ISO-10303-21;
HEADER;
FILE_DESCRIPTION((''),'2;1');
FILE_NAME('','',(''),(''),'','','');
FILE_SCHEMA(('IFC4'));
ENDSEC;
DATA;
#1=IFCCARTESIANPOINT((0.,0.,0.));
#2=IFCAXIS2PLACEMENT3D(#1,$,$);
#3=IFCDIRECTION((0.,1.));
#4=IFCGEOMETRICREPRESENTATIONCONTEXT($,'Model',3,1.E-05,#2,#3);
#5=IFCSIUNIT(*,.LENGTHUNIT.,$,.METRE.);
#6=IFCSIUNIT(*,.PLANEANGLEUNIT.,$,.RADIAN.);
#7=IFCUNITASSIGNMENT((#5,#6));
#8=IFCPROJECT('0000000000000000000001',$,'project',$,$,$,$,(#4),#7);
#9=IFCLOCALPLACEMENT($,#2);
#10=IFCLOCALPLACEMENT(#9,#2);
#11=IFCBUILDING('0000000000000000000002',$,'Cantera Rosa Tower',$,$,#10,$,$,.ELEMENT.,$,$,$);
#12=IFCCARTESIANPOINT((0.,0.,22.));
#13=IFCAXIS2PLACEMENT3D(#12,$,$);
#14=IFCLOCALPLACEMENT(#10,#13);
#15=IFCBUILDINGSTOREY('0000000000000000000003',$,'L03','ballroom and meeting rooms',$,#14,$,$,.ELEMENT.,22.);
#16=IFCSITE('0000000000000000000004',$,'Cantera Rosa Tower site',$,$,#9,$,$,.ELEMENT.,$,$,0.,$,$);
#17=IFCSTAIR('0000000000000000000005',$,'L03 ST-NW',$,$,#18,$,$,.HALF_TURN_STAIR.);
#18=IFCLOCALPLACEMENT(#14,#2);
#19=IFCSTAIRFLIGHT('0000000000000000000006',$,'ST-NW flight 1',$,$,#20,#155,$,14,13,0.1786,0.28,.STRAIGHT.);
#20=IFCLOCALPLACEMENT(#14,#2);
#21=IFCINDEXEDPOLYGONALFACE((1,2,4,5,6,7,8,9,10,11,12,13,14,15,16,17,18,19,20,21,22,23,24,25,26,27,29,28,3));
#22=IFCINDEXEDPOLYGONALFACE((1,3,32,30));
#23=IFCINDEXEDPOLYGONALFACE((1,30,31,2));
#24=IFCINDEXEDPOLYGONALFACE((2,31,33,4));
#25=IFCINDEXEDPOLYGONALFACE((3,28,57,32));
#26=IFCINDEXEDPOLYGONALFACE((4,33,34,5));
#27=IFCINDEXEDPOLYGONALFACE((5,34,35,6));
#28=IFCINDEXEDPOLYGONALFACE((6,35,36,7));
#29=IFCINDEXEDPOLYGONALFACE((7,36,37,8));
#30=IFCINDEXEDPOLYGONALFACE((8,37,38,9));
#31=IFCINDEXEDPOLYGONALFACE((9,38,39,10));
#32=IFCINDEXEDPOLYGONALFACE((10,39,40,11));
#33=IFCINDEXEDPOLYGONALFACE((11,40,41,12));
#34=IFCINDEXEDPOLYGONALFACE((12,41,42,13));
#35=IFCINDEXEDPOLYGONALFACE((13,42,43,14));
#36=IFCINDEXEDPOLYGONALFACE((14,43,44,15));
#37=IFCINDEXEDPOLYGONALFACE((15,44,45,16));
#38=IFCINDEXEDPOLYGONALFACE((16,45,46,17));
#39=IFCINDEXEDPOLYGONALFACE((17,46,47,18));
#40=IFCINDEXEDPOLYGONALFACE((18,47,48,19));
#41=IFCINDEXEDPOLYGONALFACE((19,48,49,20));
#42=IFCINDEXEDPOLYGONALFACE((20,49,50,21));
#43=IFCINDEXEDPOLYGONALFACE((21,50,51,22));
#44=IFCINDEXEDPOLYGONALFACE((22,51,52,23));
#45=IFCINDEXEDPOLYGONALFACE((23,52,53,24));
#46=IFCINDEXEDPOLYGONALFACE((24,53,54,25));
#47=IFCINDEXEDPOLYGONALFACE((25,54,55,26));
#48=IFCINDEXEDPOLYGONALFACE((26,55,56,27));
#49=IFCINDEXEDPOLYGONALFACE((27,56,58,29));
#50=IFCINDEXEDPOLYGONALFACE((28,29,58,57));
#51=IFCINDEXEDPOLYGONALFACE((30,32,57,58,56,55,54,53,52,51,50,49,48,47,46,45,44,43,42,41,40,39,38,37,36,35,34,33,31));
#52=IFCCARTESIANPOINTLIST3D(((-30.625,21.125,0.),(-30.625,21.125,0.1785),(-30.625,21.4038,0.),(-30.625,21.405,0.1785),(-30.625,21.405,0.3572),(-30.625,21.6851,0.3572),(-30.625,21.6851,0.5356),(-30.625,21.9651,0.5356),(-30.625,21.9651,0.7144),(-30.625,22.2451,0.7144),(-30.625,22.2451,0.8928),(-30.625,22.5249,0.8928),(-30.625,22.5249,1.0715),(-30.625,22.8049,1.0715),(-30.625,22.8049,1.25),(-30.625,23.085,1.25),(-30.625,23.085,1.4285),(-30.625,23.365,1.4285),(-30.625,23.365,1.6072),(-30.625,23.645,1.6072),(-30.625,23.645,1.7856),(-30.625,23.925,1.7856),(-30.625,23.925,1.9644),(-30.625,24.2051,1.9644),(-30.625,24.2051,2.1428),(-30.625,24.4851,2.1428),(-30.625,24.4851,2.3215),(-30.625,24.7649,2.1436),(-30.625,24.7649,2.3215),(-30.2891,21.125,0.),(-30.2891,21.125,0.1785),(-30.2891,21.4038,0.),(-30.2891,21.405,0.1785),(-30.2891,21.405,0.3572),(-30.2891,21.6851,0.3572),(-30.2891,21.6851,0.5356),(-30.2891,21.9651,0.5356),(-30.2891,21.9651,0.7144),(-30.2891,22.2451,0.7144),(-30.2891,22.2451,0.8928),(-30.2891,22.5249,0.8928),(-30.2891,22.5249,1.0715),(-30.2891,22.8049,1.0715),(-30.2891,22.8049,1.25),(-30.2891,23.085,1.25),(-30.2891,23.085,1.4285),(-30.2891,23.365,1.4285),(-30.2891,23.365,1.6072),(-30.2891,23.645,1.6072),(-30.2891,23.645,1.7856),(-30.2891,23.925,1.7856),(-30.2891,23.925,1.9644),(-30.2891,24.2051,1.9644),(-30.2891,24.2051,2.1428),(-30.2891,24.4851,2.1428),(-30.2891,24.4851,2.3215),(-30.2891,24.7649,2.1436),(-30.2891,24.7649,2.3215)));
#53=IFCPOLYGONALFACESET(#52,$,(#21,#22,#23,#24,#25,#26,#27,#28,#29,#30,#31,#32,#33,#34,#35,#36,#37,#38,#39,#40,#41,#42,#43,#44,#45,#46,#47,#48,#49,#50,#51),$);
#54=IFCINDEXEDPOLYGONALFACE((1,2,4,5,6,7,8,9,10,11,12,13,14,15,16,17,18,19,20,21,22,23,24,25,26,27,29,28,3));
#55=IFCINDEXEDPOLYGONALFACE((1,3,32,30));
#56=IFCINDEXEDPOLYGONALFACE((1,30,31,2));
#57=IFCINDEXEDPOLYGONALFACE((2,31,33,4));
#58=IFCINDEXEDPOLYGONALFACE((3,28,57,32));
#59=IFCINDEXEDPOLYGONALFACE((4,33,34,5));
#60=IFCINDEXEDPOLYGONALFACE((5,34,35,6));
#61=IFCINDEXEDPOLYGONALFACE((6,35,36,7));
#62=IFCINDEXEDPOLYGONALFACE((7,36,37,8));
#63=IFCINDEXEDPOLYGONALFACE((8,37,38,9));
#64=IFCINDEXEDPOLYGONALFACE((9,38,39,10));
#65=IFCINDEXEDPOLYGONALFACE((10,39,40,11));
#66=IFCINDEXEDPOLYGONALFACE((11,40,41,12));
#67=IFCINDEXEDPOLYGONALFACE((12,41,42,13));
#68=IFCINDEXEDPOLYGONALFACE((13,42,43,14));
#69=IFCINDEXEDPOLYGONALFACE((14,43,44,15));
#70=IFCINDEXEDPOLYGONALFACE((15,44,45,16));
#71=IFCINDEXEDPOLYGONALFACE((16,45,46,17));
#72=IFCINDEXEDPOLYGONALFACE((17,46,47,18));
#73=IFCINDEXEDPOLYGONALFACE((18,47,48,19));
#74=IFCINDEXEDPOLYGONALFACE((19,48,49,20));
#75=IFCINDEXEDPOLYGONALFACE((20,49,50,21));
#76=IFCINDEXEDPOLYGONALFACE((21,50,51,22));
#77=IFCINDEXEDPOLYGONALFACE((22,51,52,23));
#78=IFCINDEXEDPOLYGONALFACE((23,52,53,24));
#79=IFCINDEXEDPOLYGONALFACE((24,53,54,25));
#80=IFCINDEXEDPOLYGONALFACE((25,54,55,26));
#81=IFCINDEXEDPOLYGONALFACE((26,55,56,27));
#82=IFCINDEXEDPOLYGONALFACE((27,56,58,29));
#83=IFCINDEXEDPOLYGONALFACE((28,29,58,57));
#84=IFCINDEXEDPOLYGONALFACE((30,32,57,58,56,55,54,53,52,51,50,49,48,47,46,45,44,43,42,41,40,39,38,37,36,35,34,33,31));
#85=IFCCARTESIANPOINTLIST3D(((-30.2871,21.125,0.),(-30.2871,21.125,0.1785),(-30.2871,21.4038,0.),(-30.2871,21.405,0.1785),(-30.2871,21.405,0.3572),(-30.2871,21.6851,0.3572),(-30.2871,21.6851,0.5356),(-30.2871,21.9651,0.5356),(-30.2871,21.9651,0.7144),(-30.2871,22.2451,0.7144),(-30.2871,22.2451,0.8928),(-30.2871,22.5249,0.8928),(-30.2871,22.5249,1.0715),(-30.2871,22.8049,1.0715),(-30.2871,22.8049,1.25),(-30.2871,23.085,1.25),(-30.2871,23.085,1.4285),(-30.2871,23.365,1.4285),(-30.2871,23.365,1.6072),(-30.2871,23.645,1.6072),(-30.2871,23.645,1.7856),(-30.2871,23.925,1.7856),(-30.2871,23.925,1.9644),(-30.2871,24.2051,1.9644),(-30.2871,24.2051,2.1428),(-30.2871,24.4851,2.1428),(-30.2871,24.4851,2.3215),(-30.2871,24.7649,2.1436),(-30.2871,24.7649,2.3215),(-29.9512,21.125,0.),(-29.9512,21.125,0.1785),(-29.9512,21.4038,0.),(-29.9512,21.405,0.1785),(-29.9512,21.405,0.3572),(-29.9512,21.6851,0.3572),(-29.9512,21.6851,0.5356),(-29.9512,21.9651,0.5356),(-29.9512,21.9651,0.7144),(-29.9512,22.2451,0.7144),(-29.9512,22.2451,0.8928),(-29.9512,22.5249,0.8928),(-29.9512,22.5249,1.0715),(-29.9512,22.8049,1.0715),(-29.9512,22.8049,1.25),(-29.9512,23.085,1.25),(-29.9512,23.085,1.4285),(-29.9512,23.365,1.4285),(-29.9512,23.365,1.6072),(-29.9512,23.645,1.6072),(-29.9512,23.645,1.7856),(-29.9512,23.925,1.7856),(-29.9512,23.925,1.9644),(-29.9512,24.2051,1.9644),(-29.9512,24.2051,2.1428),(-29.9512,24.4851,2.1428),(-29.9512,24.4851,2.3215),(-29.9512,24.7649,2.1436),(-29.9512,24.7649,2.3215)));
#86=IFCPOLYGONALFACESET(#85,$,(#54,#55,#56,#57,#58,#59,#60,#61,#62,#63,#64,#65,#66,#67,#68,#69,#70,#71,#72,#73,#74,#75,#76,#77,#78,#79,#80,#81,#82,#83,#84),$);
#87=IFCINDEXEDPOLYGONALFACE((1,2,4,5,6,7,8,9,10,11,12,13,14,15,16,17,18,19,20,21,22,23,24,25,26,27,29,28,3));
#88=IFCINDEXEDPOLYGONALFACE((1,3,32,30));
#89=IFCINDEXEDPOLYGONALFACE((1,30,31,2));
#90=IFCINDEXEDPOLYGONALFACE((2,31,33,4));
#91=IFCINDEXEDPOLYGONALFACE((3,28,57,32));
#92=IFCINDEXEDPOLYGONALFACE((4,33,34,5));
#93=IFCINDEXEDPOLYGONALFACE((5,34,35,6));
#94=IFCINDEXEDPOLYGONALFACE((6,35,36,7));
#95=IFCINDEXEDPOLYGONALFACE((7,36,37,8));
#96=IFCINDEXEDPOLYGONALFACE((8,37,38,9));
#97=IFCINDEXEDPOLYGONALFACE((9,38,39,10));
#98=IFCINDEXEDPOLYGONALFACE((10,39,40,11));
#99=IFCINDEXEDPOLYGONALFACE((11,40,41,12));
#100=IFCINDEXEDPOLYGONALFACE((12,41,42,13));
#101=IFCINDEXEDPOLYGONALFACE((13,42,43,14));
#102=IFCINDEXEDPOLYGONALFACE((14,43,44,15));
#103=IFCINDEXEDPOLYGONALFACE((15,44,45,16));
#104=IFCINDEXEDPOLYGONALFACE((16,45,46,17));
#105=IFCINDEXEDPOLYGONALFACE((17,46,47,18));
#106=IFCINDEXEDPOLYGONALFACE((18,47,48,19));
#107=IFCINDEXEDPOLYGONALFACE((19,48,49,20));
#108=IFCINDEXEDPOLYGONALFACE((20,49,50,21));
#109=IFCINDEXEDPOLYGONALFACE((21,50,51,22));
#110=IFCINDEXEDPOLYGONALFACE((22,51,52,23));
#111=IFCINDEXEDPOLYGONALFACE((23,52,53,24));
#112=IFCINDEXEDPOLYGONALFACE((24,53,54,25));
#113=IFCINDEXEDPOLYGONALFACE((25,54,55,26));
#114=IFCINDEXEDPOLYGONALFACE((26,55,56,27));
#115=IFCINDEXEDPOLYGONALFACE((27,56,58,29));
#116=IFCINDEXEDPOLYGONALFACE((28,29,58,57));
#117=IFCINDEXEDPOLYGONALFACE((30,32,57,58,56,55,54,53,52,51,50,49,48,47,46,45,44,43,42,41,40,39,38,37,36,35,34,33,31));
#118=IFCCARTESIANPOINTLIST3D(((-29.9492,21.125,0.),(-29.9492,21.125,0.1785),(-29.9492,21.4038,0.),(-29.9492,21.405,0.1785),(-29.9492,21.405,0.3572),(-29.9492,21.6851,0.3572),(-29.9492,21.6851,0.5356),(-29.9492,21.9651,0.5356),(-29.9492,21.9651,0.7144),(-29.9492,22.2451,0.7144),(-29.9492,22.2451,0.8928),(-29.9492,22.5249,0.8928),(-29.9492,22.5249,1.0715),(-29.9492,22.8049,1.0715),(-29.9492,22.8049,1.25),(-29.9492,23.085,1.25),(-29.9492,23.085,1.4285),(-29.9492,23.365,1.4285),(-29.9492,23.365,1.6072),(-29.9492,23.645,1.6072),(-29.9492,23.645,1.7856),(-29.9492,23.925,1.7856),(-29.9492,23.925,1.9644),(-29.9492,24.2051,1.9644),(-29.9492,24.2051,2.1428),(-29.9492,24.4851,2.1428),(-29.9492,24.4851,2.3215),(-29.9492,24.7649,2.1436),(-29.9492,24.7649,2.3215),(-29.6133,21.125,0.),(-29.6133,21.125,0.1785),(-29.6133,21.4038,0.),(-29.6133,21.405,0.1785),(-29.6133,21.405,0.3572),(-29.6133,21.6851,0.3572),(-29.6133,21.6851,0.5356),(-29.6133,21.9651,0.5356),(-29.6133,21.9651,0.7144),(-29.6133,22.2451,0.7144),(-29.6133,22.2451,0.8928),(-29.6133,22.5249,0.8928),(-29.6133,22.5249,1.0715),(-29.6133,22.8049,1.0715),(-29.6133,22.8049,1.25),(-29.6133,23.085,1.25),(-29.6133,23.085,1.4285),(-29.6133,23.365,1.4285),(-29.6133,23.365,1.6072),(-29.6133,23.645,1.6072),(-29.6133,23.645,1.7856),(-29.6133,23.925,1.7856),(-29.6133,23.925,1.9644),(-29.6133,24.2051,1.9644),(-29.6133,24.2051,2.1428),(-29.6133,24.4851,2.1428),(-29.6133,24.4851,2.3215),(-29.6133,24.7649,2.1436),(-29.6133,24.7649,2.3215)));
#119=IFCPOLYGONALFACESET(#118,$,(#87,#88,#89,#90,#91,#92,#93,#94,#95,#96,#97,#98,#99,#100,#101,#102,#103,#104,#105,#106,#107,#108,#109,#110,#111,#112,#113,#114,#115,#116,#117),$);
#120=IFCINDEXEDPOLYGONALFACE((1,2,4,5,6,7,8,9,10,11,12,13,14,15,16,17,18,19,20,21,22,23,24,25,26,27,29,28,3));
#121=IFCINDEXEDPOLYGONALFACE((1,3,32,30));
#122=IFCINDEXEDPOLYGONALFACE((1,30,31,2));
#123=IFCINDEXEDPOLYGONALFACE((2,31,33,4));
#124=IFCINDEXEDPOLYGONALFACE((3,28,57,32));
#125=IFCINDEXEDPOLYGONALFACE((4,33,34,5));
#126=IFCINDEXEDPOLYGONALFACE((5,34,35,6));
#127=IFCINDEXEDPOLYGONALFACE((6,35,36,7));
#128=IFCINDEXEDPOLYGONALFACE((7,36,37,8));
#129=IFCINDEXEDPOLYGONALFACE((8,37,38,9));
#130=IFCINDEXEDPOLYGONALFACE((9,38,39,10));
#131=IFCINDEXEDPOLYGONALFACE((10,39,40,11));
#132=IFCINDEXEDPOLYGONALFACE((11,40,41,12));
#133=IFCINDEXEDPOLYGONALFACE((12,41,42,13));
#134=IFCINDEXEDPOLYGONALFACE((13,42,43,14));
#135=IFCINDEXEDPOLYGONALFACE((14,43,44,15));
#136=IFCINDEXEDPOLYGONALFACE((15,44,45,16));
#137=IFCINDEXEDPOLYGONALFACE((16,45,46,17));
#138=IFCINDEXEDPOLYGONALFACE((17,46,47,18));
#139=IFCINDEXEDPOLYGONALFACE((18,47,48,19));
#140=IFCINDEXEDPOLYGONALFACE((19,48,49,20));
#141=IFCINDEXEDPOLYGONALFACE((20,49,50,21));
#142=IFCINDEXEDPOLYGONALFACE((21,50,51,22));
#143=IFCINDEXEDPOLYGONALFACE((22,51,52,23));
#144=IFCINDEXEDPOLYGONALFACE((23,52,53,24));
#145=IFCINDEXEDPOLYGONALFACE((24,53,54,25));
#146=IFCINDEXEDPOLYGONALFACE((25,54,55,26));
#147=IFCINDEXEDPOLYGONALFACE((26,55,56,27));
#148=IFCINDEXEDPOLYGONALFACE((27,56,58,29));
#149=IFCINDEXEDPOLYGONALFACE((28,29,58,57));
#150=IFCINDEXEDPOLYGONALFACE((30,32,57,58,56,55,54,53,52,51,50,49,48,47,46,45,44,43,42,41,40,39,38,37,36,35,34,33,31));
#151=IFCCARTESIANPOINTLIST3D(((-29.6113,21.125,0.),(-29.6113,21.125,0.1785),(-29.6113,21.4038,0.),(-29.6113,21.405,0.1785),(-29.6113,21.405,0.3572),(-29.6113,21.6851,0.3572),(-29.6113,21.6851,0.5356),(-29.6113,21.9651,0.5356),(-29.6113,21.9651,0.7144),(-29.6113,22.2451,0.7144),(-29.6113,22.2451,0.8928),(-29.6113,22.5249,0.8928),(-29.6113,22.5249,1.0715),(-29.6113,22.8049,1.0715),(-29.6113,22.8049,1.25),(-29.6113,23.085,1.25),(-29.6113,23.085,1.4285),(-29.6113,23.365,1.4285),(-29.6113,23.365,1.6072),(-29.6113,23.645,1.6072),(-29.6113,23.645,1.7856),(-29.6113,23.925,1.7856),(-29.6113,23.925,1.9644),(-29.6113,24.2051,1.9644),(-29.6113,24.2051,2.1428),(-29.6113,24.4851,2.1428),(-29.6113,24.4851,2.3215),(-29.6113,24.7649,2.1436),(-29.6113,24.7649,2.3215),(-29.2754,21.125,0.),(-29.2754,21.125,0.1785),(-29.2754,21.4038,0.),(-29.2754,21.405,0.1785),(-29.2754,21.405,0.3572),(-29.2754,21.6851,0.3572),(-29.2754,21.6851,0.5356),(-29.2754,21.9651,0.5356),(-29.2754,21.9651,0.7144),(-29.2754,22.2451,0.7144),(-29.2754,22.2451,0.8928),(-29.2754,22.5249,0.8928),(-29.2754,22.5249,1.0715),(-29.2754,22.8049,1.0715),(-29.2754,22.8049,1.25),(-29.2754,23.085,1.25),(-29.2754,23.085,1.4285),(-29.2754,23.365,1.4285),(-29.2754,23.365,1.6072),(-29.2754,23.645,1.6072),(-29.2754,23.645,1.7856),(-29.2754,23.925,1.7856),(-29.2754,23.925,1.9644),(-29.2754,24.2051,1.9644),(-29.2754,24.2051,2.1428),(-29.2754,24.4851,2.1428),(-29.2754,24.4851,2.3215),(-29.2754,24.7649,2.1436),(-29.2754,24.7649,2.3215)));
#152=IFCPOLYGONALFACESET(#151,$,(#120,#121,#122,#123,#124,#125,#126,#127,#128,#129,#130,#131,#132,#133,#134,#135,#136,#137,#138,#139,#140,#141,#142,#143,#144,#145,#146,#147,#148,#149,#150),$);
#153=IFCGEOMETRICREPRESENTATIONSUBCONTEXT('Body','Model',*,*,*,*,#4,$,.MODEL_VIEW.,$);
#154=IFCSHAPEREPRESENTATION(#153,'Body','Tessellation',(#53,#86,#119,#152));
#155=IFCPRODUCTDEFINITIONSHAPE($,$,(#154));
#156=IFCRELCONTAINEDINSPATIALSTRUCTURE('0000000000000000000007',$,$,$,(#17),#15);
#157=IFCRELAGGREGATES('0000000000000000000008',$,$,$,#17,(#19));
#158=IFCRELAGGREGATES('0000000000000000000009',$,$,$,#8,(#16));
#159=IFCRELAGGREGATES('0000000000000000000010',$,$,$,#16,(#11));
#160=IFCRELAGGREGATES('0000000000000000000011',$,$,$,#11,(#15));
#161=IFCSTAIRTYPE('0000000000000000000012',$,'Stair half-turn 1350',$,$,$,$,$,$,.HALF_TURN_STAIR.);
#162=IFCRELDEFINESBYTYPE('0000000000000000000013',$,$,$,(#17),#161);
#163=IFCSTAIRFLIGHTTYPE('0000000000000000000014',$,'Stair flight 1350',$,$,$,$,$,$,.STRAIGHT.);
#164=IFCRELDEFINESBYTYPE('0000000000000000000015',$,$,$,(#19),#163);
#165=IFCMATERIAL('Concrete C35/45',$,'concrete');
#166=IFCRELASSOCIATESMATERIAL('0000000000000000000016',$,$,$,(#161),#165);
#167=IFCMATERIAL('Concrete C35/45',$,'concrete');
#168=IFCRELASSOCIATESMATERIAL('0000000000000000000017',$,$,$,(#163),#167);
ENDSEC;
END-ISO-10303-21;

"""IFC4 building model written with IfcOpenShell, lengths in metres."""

from ifc_helpers import new_model, si_unit, direction, frame, origin, place, context, subcontext, project, spatial, polyline, outline, extrude, material, type_object, element, aggregate, save


model = new_model("IFC4")

# Units and contexts
model_context = context("Model", 3, precision=1e-05, world=origin(), true_north=direction((0.0, 1.0)))
body_context = subcontext(model_context, "Body", "Model", "MODEL_VIEW")
ifc_project = project(units=[si_unit("LENGTHUNIT", "METRE"), si_unit("PLANEANGLEUNIT", "RADIAN")], contexts=[model_context])

# Site, building, storey
site_placement = place(None, origin())
site = spatial("IfcSite", under=ifc_project, at=site_placement, Name="Cantera Rosa Tower site", CompositionType="ELEMENT", RefElevation=0.0)
building_placement = place(site_placement, origin())
building = spatial("IfcBuilding", under=site, at=building_placement, Name="Cantera Rosa Tower", CompositionType="ELEMENT")
storey_placement = place(building_placement, frame((0.0, 0.0, 22.0)))
storey = spatial("IfcBuildingStorey", under=building, at=storey_placement, Name="L03", Description="ballroom and meeting rooms", CompositionType="ELEMENT", Elevation=22.0)

# Stair, stair flight
ifc_material_1 = material(Name="Concrete C35/45", Category="concrete")
stair_type = type_object("IfcStairType", Name="Stair half-turn 1350", PredefinedType="HALF_TURN_STAIR", material=ifc_material_1)
stair_placement = place(storey_placement, origin())
stair = element("IfcStair", 1, at=stair_placement, inside=storey, type_object=stair_type, Name="L03 ST-NW", PredefinedType="HALF_TURN_STAIR")
ifc_material_2 = material(Name="Concrete C35/45", Category="concrete")
stair_flight_type = type_object("IfcStairFlightType", Name="Stair flight 1350", PredefinedType="STRAIGHT", material=ifc_material_2)
stair_flight_1_placement = place(storey_placement, frame((-29.95, 21.125, 0.0), z_axis=(0.0, 0.0, 1.0), x_axis=(0.0, 1.0, 0.0)))
stair_flight_1 = element("IfcStairFlight", 2, at=stair_flight_1_placement, type_object=stair_flight_type, Name="ST-NW flight 1", NumberOfRisers=14, NumberOfTreads=13, PredefinedType="STRAIGHT", RiserHeight=0.1786, TreadLength=0.28, context=body_context, shape_type="SweptSolid", body=[
    extrude(outline(polyline([(0.0, 0.0), (0.0, 0.1785), (0.28, 0.1785), (0.28, 0.3572), (0.5601, 0.3572), (0.5601, 0.5356), (0.8401, 0.5356), (0.8401, 0.7144), (1.1201, 0.7144), (1.1201, 0.8928), (1.3999, 0.8928), (1.3999, 1.0715), (1.6799, 1.0715), (1.6799, 1.25), (1.96, 1.25), (1.96, 1.4285), (2.24, 1.4285), (2.24, 1.6072), (2.52, 1.6072), (2.52, 1.7856), (2.8, 1.7856), (2.8, 1.9644), (3.0801, 1.9644), (3.0801, 2.1428), (3.3601, 2.1428), (3.3601, 2.3215), (3.6399, 2.3215), (3.6399, 2.5), (3.6399, 2.1436), (0.2788, 0.0), (0.0, 0.0)])), frame((0.0, 0.675, 0.0), z_axis=(0.0, -1.0, 0.0), x_axis=(1.0, 0.0, 0.0)), (0.0, 0.0, 1.0), 0.3359),
    extrude(outline(polyline([(0.0, 0.0), (0.0, 0.1785), (0.28, 0.1785), (0.28, 0.3572), (0.5601, 0.3572), (0.5601, 0.5356), (0.8401, 0.5356), (0.8401, 0.7144), (1.1201, 0.7144), (1.1201, 0.8928), (1.3999, 0.8928), (1.3999, 1.0715), (1.6799, 1.0715), (1.6799, 1.25), (1.96, 1.25), (1.96, 1.4285), (2.24, 1.4285), (2.24, 1.6072), (2.52, 1.6072), (2.52, 1.7856), (2.8, 1.7856), (2.8, 1.9644), (3.0801, 1.9644), (3.0801, 2.1428), (3.3601, 2.1428), (3.3601, 2.3215), (3.6399, 2.3215), (3.6399, 2.5), (3.6399, 2.1436), (0.2788, 0.0), (0.0, 0.0)])), frame((0.0, 0.3372, 0.0), z_axis=(0.0, -1.0, 0.0), x_axis=(1.0, 0.0, 0.0)), (0.0, 0.0, 1.0), 0.3359),
    extrude(outline(polyline([(0.0, 0.0), (0.0, 0.1785), (0.28, 0.1785), (0.28, 0.3572), (0.5601, 0.3572), (0.5601, 0.5356), (0.8401, 0.5356), (0.8401, 0.7144), (1.1201, 0.7144), (1.1201, 0.8928), (1.3999, 0.8928), (1.3999, 1.0715), (1.6799, 1.0715), (1.6799, 1.25), (1.96, 1.25), (1.96, 1.4285), (2.24, 1.4285), (2.24, 1.6072), (2.52, 1.6072), (2.52, 1.7856), (2.8, 1.7856), (2.8, 1.9644), (3.0801, 1.9644), (3.0801, 2.1428), (3.3601, 2.1428), (3.3601, 2.3215), (3.6399, 2.3215), (3.6399, 2.5), (3.6399, 2.1436), (0.2788, 0.0), (0.0, 0.0)])), frame((0.0, -0.0007, 0.0), z_axis=(0.0, -1.0, 0.0), x_axis=(1.0, 0.0, 0.0)), (0.0, 0.0, 1.0), 0.3359),
    extrude(outline(polyline([(0.0, 0.0), (0.0, 0.1785), (0.28, 0.1785), (0.28, 0.3572), (0.5601, 0.3572), (0.5601, 0.5356), (0.8401, 0.5356), (0.8401, 0.7144), (1.1201, 0.7144), (1.1201, 0.8928), (1.3999, 0.8928), (1.3999, 1.0715), (1.6799, 1.0715), (1.6799, 1.25), (1.96, 1.25), (1.96, 1.4285), (2.24, 1.4285), (2.24, 1.6072), (2.52, 1.6072), (2.52, 1.7856), (2.8, 1.7856), (2.8, 1.9644), (3.0801, 1.9644), (3.0801, 2.1428), (3.3601, 2.1428), (3.3601, 2.3215), (3.6399, 2.3215), (3.6399, 2.5), (3.6399, 2.1436), (0.2788, 0.0), (0.0, 0.0)])), frame((0.0, -0.3386, 0.0), z_axis=(0.0, -1.0, 0.0), x_axis=(1.0, 0.0, 0.0)), (0.0, 0.0, 1.0), 0.3359),
])
aggregate(stair, [stair_flight_1])

save(model, "model.ifc")
